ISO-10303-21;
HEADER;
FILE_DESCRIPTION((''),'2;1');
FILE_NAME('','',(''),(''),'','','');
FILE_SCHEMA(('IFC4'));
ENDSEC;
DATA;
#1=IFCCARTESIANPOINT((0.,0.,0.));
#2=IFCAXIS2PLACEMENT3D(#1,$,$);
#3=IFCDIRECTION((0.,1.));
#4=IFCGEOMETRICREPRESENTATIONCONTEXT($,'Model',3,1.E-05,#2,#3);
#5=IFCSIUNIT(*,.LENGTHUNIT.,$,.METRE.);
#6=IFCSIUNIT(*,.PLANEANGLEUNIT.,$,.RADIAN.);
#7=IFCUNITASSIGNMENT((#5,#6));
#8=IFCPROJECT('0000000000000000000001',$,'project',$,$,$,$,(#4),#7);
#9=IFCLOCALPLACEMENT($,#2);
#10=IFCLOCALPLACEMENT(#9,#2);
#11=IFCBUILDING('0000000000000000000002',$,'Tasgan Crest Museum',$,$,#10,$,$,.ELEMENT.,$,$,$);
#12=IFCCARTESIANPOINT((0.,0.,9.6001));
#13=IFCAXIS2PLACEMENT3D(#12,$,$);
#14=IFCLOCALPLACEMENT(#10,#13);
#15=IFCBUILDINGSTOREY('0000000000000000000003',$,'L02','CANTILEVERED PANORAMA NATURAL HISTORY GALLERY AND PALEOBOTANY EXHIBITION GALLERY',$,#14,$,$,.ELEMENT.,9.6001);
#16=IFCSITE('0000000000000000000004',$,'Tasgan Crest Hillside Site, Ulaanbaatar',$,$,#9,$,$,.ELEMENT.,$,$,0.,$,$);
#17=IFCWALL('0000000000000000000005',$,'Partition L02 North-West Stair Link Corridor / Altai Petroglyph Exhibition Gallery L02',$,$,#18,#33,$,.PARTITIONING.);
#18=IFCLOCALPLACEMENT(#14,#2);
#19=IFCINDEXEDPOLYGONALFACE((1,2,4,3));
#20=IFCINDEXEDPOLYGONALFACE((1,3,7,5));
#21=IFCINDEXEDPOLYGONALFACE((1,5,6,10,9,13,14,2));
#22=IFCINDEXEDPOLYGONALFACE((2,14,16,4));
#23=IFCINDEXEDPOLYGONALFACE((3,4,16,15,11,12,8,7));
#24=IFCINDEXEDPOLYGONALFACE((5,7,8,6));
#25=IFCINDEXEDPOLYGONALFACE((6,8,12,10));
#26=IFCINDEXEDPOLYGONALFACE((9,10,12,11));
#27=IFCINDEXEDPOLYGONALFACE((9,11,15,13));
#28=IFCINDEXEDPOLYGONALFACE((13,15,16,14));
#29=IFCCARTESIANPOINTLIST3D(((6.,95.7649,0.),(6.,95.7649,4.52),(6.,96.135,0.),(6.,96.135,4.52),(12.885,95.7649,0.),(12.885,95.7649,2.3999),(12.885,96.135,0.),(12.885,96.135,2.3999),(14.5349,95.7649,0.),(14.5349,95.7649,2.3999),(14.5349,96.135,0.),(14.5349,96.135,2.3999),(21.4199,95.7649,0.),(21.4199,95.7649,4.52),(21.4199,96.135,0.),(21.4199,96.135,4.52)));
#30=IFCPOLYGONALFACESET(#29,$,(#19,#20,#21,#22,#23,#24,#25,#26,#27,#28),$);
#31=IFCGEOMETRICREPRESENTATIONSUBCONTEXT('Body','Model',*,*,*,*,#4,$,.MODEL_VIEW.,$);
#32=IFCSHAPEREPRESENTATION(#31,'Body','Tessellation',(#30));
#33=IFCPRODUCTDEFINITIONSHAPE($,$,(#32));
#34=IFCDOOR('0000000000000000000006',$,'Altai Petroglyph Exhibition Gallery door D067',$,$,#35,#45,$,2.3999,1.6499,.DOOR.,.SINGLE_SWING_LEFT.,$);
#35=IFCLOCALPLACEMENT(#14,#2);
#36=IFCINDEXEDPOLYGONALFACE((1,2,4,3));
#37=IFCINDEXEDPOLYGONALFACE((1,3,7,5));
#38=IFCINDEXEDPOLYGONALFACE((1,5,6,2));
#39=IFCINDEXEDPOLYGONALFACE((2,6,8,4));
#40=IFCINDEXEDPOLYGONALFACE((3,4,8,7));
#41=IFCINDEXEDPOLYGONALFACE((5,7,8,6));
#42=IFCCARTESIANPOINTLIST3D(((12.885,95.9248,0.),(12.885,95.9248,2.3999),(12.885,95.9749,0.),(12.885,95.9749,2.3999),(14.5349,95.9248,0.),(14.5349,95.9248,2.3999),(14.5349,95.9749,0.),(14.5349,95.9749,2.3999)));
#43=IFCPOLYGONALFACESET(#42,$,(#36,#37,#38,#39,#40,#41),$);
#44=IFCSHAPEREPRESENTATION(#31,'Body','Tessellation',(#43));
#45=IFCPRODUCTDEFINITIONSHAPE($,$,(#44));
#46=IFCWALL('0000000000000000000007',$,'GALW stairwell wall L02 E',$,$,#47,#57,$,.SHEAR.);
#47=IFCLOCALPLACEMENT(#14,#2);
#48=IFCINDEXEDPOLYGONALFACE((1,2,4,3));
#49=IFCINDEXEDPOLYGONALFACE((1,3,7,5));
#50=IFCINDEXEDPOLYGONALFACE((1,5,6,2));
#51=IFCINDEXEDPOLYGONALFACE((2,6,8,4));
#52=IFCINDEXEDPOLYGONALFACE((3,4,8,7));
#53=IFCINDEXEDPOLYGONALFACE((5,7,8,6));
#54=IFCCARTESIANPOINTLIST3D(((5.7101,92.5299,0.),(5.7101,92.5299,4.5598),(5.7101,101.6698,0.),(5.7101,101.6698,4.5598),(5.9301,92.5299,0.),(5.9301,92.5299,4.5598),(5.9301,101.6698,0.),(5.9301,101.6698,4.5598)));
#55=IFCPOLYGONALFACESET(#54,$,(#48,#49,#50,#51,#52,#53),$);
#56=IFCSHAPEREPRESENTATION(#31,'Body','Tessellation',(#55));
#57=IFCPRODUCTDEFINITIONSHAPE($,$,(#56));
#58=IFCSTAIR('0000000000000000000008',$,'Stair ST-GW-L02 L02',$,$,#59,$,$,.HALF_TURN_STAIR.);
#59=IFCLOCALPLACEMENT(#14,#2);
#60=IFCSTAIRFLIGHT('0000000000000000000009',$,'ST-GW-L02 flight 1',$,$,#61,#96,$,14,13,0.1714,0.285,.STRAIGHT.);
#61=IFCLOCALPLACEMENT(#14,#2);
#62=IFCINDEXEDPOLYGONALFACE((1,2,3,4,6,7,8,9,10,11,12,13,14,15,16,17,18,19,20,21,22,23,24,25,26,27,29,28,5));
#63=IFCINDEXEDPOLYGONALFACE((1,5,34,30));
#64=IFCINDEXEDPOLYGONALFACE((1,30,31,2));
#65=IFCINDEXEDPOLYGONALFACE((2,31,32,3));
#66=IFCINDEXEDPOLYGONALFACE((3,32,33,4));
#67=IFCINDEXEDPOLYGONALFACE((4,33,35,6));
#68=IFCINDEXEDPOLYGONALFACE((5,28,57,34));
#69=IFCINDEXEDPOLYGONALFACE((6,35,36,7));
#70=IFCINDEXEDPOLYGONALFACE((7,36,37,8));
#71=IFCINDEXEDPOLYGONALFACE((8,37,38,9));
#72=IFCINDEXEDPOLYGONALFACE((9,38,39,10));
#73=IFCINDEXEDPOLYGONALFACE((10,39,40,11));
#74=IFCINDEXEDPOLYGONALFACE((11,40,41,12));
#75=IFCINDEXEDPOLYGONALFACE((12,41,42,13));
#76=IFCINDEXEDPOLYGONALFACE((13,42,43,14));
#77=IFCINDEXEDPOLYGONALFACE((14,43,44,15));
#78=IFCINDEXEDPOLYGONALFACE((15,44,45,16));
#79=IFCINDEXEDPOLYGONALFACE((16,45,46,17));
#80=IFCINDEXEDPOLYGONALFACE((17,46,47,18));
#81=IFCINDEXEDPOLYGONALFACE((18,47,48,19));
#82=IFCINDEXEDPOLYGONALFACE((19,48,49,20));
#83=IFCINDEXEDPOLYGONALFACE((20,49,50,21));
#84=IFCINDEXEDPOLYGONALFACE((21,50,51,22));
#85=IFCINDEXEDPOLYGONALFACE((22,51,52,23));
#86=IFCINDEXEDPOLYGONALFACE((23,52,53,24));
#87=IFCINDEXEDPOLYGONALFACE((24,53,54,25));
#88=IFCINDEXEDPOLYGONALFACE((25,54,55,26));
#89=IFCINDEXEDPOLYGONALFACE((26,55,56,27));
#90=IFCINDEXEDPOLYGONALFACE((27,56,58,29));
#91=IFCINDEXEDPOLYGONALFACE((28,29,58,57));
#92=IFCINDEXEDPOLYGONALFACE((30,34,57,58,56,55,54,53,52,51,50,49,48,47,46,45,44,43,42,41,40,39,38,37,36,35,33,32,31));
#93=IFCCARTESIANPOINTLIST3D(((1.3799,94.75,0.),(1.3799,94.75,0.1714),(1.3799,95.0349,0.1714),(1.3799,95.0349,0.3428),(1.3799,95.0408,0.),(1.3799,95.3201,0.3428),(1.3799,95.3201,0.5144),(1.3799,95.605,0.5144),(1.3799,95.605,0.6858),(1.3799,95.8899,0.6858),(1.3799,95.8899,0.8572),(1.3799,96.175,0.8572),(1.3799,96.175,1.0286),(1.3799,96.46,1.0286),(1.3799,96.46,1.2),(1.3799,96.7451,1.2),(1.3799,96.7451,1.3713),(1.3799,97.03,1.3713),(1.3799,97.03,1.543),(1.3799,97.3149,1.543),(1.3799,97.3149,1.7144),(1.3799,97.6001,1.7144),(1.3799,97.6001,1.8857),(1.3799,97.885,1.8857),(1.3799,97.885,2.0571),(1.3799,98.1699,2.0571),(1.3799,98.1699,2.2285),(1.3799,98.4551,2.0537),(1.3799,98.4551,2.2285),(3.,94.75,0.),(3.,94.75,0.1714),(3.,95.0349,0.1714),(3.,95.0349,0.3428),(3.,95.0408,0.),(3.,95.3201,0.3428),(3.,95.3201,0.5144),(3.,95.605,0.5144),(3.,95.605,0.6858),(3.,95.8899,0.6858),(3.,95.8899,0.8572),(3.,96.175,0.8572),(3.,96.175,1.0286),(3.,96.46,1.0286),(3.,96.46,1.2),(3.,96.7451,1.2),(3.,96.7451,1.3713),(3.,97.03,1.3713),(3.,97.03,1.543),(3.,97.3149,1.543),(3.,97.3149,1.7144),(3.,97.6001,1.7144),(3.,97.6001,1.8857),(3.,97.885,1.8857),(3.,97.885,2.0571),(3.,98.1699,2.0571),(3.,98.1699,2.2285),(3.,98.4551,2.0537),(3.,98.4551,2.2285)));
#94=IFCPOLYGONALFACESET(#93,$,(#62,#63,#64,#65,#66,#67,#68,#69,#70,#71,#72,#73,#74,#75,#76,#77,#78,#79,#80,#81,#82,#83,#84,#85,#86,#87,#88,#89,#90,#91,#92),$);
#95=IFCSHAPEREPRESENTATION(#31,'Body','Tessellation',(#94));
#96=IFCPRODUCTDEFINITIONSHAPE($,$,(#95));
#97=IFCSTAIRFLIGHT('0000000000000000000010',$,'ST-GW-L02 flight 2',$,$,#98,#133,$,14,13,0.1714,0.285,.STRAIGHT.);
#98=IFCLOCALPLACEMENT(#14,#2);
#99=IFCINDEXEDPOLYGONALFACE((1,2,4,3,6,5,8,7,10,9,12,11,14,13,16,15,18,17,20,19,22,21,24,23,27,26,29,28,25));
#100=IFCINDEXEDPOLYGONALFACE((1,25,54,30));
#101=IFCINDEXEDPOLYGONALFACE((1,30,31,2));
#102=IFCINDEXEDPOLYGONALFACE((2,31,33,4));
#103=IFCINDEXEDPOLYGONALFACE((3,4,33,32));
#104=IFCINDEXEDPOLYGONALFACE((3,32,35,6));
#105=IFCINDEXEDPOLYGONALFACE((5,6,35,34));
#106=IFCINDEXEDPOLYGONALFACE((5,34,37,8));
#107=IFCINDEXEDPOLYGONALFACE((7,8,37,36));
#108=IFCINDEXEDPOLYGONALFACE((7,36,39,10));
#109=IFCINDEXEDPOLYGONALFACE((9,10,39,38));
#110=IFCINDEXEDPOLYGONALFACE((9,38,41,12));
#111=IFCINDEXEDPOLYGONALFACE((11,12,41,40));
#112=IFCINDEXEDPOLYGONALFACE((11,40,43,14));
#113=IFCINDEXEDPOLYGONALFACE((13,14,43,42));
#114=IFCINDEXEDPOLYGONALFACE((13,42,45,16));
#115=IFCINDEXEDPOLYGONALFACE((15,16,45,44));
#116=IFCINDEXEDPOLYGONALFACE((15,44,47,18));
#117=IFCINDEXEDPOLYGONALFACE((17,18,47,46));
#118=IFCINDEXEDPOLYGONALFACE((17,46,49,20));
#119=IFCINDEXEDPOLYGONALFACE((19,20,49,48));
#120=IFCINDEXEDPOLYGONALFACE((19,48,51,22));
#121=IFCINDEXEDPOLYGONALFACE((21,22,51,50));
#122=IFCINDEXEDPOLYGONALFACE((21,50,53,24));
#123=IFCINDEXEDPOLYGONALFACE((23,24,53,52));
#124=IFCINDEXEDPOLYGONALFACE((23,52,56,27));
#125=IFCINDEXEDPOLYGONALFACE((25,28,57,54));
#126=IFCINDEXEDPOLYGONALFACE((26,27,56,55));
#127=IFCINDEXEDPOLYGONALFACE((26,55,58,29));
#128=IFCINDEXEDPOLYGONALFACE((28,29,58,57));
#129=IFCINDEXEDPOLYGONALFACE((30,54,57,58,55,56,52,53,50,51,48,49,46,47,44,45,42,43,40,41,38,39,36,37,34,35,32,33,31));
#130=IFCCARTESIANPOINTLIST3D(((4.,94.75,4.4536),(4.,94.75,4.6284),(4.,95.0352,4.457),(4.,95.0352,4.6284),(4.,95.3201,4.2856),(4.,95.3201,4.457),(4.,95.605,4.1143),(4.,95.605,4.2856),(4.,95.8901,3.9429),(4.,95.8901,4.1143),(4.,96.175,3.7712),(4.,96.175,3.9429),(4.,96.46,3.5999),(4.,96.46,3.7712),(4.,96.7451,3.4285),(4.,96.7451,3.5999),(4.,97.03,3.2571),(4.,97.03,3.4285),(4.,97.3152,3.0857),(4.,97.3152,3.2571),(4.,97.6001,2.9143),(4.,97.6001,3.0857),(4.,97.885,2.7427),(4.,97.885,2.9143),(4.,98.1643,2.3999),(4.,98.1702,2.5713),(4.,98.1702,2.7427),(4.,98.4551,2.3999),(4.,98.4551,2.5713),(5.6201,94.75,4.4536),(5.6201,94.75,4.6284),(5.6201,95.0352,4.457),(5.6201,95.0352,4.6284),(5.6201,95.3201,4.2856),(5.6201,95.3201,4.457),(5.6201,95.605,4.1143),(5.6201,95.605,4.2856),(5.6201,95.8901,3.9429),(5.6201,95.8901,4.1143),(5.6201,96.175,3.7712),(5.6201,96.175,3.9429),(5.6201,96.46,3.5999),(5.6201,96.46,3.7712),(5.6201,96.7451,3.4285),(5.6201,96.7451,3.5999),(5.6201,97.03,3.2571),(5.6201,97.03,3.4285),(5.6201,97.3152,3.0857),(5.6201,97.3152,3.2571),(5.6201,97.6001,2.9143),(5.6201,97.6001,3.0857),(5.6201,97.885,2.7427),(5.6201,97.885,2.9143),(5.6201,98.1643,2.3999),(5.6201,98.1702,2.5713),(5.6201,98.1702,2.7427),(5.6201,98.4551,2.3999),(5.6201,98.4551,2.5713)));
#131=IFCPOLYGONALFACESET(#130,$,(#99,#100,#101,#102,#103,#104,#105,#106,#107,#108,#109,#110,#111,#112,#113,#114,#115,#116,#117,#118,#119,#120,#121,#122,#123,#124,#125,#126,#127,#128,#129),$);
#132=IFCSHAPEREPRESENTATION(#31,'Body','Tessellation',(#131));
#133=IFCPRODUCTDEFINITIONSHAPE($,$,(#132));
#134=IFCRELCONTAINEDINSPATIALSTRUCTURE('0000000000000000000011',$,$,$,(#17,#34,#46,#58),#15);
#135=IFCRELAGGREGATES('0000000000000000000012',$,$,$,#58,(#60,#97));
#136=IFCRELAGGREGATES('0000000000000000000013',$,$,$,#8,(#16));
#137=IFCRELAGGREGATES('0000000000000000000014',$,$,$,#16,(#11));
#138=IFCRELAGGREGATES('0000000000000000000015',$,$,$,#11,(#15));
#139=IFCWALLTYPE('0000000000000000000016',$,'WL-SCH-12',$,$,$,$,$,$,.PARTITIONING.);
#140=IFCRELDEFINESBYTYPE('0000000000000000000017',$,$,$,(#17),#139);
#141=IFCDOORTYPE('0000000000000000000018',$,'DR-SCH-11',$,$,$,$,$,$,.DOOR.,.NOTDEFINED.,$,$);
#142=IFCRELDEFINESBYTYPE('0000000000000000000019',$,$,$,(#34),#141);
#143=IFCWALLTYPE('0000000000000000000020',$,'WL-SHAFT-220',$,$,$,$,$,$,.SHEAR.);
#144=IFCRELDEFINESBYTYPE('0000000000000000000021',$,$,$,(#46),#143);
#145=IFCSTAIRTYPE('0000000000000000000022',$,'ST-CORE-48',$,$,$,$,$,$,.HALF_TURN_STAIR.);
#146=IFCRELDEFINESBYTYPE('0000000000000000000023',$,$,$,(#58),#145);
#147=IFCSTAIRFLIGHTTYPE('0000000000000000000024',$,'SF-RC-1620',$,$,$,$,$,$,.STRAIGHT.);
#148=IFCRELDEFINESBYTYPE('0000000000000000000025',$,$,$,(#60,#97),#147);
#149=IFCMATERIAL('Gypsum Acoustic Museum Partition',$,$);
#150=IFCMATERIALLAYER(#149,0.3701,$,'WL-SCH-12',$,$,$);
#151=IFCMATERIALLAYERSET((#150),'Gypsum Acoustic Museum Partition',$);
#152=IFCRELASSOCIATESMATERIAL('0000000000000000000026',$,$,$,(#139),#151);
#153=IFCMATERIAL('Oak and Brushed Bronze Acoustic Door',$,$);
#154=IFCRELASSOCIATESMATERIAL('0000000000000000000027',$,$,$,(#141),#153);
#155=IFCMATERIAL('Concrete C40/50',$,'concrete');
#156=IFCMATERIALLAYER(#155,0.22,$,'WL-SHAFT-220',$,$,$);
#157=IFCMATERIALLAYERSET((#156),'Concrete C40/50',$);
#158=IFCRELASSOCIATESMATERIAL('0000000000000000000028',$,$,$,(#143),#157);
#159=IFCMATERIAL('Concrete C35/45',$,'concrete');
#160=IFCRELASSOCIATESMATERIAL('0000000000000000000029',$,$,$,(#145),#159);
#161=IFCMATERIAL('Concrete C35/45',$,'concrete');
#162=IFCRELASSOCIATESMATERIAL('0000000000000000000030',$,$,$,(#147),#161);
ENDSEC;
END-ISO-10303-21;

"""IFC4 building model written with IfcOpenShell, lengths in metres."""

from ifc_helpers import new_model, si_unit, direction, frame, frame_2d, origin, place, context, subcontext, project, spatial, polyline, rectangle, outline, extrude, material, layer, layer_set, type_object, element, fill, aggregate, save


model = new_model("IFC4")

# Units and contexts
model_context = context("Model", 3, precision=1e-05, world=origin(), true_north=direction((0.0, 1.0)))
body_context = subcontext(model_context, "Body", "Model", "MODEL_VIEW")
ifc_project = project(units=[si_unit("LENGTHUNIT", "METRE"), si_unit("PLANEANGLEUNIT", "RADIAN")], contexts=[model_context])

# Site, building, storey
site_placement = place(None, origin())
site = spatial("IfcSite", under=ifc_project, at=site_placement, Name="Tasgan Crest Hillside Site, Ulaanbaatar", CompositionType="ELEMENT", RefElevation=0.0)
building_placement = place(site_placement, origin())
building = spatial("IfcBuilding", under=site, at=building_placement, Name="Tasgan Crest Museum", CompositionType="ELEMENT")
storey_placement = place(building_placement, frame((0.0, 0.0, 9.6001)))
storey = spatial("IfcBuildingStorey", under=building, at=storey_placement, Name="L02", Description="CANTILEVERED PANORAMA NATURAL HISTORY GALLERY AND PALEOBOTANY EXHIBITION GALLERY", CompositionType="ELEMENT", Elevation=9.6001)

# Wall, opening, door
ifc_material_1 = material(Name="Gypsum Acoustic Museum Partition")
ifc_layer_1 = layer(ifc_material_1, 0.3701, Name="WL-SCH-12")
ifc_layer_set_1 = layer_set([ifc_layer_1], Name="Gypsum Acoustic Museum Partition")
wall_type_1 = type_object("IfcWallType", Name="WL-SCH-12", PredefinedType="PARTITIONING", material=ifc_layer_set_1)
wall_1_placement = place(storey_placement, frame((6.0, 95.95, 0.0), z_axis=(0.0, 0.0, 1.0), x_axis=(1.0, 0.0, 0.0)))
wall_1 = element("IfcWall", 1, at=wall_1_placement, inside=storey, type_object=wall_type_1, Name="Partition L02 North-West Stair Link Corridor / Altai Petroglyph Exhibition Gallery L02", PredefinedType="PARTITIONING", context=body_context, shape_type="SweptSolid", body=[
    extrude(rectangle(XDim=15.4199, YDim=0.3701, at=frame_2d((7.71, 0.0))), origin(), (0.0, 0.0, 1.0), 4.52),
])
opening_1_placement = place(wall_1_placement, frame((6.885, 0.0, 0.0)))
opening_1 = element("IfcOpeningElement", 2, at=opening_1_placement, cuts=wall_1, PredefinedType="OPENING", context=body_context, shape_type="SweptSolid", body=[
    extrude(rectangle(XDim=1.6499, YDim=2.3999, at=frame_2d((0.825, 1.2))), frame((0.0, 0.1951, 0.0), z_axis=(0.0, -1.0, 0.0), x_axis=(1.0, 0.0, 0.0)), (0.0, 0.0, 1.0), 0.3901),
])
ifc_material_2 = material(Name="Oak and Brushed Bronze Acoustic Door")
door_type_1 = type_object("IfcDoorType", Name="DR-SCH-11", OperationType="NOTDEFINED", PredefinedType="DOOR", material=ifc_material_2)
door_1_placement = place(opening_1_placement, origin())
door_1 = element("IfcDoor", 3, at=door_1_placement, inside=storey, type_object=door_type_1, Name="Altai Petroglyph Exhibition Gallery door D067", OperationType="SINGLE_SWING_LEFT", OverallHeight=2.3999, OverallWidth=1.6499, PredefinedType="DOOR", context=body_context, shape_type="SweptSolid", body=[
    extrude(rectangle(XDim=1.6499, YDim=2.3999, at=frame_2d((0.825, 1.2))), frame((0.0, 0.0249, 0.0), z_axis=(0.0, -1.0, 0.0), x_axis=(1.0, 0.0, 0.0)), (0.0, 0.0, 1.0), 0.05),
])
fill(opening_1, door_1)

# Wall
ifc_material_3 = material(Name="Concrete C40/50", Category="concrete")
ifc_layer_2 = layer(ifc_material_3, 0.22, Name="WL-SHAFT-220")
ifc_layer_set_2 = layer_set([ifc_layer_2], Name="Concrete C40/50")
wall_type_2 = type_object("IfcWallType", Name="WL-SHAFT-220", PredefinedType="SHEAR", material=ifc_layer_set_2)
wall_2_placement = place(storey_placement, frame((5.8201, 92.53, 0.0), z_axis=(0.0, 0.0, 1.0), x_axis=(0.0, 1.0, 0.0)))
element("IfcWall", 4, at=wall_2_placement, inside=storey, type_object=wall_type_2, Name="GALW stairwell wall L02 E", PredefinedType="SHEAR", context=body_context, shape_type="SweptSolid", body=[
    extrude(rectangle(XDim=9.1399, YDim=0.22, at=frame_2d((4.5698, 0.0))), origin(), (0.0, 0.0, 1.0), 4.5598),
])

# Stair, stair flights
ifc_material_4 = material(Name="Concrete C35/45", Category="concrete")
stair_type = type_object("IfcStairType", Name="ST-CORE-48", PredefinedType="HALF_TURN_STAIR", material=ifc_material_4)
stair_placement = place(storey_placement, origin())
stair = element("IfcStair", 5, at=stair_placement, inside=storey, type_object=stair_type, Name="Stair ST-GW-L02 L02", PredefinedType="HALF_TURN_STAIR")
ifc_material_5 = material(Name="Concrete C35/45", Category="concrete")
stair_flight_type = type_object("IfcStairFlightType", Name="SF-RC-1620", PredefinedType="STRAIGHT", material=ifc_material_5)
stair_flight_1_placement = place(storey_placement, frame((2.1899, 94.75, 0.0), z_axis=(0.0, 0.0, 1.0), x_axis=(0.0, 1.0, 0.0)))
stair_flight_1 = element("IfcStairFlight", 6, at=stair_flight_1_placement, type_object=stair_flight_type, Name="ST-GW-L02 flight 1", NumberOfRisers=14, NumberOfTreads=13, PredefinedType="STRAIGHT", RiserHeight=0.1714, TreadLength=0.285, context=body_context, shape_type="SweptSolid", body=[
    extrude(outline(polyline([(0.0, 0.0), (0.0, 0.1714), (0.2849, 0.1714), (0.2849, 0.3428), (0.5701, 0.3428), (0.5701, 0.5144), (0.855, 0.5144), (0.855, 0.6858), (1.1399, 0.6858), (1.1399, 0.8572), (1.425, 0.8572), (1.425, 1.0286), (1.71, 1.0286), (1.71, 1.2), (1.9951, 1.2), (1.9951, 1.3713), (2.28, 1.3713), (2.28, 1.543), (2.5649, 1.543), (2.5649, 1.7144), (2.8501, 1.7144), (2.8501, 1.8857), (3.135, 1.8857), (3.135, 2.0571), (3.4199, 2.0571), (3.4199, 2.2285), (3.7051, 2.2285), (3.7051, 2.3999), (3.7051, 2.0537), (0.2908, 0.0), (0.0, 0.0)])), frame((0.0, 0.8101, 0.0), z_axis=(0.0, -1.0, 0.0), x_axis=(1.0, 0.0, 0.0)), (0.0, 0.0, 1.0), 1.6201),
])
stair_flight_2_placement = place(storey_placement, frame((4.8101, 98.4551, 2.3999), z_axis=(0.0, 0.0, 1.0), x_axis=(0.0, -1.0, 0.0)))
stair_flight_2 = element("IfcStairFlight", 7, at=stair_flight_2_placement, type_object=stair_flight_type, Name="ST-GW-L02 flight 2", NumberOfRisers=14, NumberOfTreads=13, PredefinedType="STRAIGHT", RiserHeight=0.1714, TreadLength=0.285, context=body_context, shape_type="SweptSolid", body=[
    extrude(outline(polyline([(0.0, 0.0), (0.0, 0.1714), (0.2849, 0.1714), (0.2849, 0.3428), (0.5701, 0.3428), (0.5701, 0.5144), (0.855, 0.5144), (0.855, 0.6858), (1.1399, 0.6858), (1.1399, 0.8572), (1.425, 0.8572), (1.425, 1.0286), (1.71, 1.0286), (1.71, 1.2), (1.9951, 1.2), (1.9951, 1.3713), (2.28, 1.3713), (2.28, 1.543), (2.5649, 1.543), (2.5649, 1.7144), (2.8501, 1.7144), (2.8501, 1.8857), (3.135, 1.8857), (3.135, 2.0571), (3.4199, 2.0571), (3.4199, 2.2285), (3.7051, 2.2285), (3.7051, 2.3999), (3.7051, 2.0537), (0.2908, 0.0), (0.0, 0.0)])), frame((0.0, 0.8101, 0.0), z_axis=(0.0, -1.0, 0.0), x_axis=(1.0, 0.0, 0.0)), (0.0, 0.0, 1.0), 1.6201),
])
aggregate(stair, [stair_flight_1, stair_flight_2])

save(model, "model.ifc")
